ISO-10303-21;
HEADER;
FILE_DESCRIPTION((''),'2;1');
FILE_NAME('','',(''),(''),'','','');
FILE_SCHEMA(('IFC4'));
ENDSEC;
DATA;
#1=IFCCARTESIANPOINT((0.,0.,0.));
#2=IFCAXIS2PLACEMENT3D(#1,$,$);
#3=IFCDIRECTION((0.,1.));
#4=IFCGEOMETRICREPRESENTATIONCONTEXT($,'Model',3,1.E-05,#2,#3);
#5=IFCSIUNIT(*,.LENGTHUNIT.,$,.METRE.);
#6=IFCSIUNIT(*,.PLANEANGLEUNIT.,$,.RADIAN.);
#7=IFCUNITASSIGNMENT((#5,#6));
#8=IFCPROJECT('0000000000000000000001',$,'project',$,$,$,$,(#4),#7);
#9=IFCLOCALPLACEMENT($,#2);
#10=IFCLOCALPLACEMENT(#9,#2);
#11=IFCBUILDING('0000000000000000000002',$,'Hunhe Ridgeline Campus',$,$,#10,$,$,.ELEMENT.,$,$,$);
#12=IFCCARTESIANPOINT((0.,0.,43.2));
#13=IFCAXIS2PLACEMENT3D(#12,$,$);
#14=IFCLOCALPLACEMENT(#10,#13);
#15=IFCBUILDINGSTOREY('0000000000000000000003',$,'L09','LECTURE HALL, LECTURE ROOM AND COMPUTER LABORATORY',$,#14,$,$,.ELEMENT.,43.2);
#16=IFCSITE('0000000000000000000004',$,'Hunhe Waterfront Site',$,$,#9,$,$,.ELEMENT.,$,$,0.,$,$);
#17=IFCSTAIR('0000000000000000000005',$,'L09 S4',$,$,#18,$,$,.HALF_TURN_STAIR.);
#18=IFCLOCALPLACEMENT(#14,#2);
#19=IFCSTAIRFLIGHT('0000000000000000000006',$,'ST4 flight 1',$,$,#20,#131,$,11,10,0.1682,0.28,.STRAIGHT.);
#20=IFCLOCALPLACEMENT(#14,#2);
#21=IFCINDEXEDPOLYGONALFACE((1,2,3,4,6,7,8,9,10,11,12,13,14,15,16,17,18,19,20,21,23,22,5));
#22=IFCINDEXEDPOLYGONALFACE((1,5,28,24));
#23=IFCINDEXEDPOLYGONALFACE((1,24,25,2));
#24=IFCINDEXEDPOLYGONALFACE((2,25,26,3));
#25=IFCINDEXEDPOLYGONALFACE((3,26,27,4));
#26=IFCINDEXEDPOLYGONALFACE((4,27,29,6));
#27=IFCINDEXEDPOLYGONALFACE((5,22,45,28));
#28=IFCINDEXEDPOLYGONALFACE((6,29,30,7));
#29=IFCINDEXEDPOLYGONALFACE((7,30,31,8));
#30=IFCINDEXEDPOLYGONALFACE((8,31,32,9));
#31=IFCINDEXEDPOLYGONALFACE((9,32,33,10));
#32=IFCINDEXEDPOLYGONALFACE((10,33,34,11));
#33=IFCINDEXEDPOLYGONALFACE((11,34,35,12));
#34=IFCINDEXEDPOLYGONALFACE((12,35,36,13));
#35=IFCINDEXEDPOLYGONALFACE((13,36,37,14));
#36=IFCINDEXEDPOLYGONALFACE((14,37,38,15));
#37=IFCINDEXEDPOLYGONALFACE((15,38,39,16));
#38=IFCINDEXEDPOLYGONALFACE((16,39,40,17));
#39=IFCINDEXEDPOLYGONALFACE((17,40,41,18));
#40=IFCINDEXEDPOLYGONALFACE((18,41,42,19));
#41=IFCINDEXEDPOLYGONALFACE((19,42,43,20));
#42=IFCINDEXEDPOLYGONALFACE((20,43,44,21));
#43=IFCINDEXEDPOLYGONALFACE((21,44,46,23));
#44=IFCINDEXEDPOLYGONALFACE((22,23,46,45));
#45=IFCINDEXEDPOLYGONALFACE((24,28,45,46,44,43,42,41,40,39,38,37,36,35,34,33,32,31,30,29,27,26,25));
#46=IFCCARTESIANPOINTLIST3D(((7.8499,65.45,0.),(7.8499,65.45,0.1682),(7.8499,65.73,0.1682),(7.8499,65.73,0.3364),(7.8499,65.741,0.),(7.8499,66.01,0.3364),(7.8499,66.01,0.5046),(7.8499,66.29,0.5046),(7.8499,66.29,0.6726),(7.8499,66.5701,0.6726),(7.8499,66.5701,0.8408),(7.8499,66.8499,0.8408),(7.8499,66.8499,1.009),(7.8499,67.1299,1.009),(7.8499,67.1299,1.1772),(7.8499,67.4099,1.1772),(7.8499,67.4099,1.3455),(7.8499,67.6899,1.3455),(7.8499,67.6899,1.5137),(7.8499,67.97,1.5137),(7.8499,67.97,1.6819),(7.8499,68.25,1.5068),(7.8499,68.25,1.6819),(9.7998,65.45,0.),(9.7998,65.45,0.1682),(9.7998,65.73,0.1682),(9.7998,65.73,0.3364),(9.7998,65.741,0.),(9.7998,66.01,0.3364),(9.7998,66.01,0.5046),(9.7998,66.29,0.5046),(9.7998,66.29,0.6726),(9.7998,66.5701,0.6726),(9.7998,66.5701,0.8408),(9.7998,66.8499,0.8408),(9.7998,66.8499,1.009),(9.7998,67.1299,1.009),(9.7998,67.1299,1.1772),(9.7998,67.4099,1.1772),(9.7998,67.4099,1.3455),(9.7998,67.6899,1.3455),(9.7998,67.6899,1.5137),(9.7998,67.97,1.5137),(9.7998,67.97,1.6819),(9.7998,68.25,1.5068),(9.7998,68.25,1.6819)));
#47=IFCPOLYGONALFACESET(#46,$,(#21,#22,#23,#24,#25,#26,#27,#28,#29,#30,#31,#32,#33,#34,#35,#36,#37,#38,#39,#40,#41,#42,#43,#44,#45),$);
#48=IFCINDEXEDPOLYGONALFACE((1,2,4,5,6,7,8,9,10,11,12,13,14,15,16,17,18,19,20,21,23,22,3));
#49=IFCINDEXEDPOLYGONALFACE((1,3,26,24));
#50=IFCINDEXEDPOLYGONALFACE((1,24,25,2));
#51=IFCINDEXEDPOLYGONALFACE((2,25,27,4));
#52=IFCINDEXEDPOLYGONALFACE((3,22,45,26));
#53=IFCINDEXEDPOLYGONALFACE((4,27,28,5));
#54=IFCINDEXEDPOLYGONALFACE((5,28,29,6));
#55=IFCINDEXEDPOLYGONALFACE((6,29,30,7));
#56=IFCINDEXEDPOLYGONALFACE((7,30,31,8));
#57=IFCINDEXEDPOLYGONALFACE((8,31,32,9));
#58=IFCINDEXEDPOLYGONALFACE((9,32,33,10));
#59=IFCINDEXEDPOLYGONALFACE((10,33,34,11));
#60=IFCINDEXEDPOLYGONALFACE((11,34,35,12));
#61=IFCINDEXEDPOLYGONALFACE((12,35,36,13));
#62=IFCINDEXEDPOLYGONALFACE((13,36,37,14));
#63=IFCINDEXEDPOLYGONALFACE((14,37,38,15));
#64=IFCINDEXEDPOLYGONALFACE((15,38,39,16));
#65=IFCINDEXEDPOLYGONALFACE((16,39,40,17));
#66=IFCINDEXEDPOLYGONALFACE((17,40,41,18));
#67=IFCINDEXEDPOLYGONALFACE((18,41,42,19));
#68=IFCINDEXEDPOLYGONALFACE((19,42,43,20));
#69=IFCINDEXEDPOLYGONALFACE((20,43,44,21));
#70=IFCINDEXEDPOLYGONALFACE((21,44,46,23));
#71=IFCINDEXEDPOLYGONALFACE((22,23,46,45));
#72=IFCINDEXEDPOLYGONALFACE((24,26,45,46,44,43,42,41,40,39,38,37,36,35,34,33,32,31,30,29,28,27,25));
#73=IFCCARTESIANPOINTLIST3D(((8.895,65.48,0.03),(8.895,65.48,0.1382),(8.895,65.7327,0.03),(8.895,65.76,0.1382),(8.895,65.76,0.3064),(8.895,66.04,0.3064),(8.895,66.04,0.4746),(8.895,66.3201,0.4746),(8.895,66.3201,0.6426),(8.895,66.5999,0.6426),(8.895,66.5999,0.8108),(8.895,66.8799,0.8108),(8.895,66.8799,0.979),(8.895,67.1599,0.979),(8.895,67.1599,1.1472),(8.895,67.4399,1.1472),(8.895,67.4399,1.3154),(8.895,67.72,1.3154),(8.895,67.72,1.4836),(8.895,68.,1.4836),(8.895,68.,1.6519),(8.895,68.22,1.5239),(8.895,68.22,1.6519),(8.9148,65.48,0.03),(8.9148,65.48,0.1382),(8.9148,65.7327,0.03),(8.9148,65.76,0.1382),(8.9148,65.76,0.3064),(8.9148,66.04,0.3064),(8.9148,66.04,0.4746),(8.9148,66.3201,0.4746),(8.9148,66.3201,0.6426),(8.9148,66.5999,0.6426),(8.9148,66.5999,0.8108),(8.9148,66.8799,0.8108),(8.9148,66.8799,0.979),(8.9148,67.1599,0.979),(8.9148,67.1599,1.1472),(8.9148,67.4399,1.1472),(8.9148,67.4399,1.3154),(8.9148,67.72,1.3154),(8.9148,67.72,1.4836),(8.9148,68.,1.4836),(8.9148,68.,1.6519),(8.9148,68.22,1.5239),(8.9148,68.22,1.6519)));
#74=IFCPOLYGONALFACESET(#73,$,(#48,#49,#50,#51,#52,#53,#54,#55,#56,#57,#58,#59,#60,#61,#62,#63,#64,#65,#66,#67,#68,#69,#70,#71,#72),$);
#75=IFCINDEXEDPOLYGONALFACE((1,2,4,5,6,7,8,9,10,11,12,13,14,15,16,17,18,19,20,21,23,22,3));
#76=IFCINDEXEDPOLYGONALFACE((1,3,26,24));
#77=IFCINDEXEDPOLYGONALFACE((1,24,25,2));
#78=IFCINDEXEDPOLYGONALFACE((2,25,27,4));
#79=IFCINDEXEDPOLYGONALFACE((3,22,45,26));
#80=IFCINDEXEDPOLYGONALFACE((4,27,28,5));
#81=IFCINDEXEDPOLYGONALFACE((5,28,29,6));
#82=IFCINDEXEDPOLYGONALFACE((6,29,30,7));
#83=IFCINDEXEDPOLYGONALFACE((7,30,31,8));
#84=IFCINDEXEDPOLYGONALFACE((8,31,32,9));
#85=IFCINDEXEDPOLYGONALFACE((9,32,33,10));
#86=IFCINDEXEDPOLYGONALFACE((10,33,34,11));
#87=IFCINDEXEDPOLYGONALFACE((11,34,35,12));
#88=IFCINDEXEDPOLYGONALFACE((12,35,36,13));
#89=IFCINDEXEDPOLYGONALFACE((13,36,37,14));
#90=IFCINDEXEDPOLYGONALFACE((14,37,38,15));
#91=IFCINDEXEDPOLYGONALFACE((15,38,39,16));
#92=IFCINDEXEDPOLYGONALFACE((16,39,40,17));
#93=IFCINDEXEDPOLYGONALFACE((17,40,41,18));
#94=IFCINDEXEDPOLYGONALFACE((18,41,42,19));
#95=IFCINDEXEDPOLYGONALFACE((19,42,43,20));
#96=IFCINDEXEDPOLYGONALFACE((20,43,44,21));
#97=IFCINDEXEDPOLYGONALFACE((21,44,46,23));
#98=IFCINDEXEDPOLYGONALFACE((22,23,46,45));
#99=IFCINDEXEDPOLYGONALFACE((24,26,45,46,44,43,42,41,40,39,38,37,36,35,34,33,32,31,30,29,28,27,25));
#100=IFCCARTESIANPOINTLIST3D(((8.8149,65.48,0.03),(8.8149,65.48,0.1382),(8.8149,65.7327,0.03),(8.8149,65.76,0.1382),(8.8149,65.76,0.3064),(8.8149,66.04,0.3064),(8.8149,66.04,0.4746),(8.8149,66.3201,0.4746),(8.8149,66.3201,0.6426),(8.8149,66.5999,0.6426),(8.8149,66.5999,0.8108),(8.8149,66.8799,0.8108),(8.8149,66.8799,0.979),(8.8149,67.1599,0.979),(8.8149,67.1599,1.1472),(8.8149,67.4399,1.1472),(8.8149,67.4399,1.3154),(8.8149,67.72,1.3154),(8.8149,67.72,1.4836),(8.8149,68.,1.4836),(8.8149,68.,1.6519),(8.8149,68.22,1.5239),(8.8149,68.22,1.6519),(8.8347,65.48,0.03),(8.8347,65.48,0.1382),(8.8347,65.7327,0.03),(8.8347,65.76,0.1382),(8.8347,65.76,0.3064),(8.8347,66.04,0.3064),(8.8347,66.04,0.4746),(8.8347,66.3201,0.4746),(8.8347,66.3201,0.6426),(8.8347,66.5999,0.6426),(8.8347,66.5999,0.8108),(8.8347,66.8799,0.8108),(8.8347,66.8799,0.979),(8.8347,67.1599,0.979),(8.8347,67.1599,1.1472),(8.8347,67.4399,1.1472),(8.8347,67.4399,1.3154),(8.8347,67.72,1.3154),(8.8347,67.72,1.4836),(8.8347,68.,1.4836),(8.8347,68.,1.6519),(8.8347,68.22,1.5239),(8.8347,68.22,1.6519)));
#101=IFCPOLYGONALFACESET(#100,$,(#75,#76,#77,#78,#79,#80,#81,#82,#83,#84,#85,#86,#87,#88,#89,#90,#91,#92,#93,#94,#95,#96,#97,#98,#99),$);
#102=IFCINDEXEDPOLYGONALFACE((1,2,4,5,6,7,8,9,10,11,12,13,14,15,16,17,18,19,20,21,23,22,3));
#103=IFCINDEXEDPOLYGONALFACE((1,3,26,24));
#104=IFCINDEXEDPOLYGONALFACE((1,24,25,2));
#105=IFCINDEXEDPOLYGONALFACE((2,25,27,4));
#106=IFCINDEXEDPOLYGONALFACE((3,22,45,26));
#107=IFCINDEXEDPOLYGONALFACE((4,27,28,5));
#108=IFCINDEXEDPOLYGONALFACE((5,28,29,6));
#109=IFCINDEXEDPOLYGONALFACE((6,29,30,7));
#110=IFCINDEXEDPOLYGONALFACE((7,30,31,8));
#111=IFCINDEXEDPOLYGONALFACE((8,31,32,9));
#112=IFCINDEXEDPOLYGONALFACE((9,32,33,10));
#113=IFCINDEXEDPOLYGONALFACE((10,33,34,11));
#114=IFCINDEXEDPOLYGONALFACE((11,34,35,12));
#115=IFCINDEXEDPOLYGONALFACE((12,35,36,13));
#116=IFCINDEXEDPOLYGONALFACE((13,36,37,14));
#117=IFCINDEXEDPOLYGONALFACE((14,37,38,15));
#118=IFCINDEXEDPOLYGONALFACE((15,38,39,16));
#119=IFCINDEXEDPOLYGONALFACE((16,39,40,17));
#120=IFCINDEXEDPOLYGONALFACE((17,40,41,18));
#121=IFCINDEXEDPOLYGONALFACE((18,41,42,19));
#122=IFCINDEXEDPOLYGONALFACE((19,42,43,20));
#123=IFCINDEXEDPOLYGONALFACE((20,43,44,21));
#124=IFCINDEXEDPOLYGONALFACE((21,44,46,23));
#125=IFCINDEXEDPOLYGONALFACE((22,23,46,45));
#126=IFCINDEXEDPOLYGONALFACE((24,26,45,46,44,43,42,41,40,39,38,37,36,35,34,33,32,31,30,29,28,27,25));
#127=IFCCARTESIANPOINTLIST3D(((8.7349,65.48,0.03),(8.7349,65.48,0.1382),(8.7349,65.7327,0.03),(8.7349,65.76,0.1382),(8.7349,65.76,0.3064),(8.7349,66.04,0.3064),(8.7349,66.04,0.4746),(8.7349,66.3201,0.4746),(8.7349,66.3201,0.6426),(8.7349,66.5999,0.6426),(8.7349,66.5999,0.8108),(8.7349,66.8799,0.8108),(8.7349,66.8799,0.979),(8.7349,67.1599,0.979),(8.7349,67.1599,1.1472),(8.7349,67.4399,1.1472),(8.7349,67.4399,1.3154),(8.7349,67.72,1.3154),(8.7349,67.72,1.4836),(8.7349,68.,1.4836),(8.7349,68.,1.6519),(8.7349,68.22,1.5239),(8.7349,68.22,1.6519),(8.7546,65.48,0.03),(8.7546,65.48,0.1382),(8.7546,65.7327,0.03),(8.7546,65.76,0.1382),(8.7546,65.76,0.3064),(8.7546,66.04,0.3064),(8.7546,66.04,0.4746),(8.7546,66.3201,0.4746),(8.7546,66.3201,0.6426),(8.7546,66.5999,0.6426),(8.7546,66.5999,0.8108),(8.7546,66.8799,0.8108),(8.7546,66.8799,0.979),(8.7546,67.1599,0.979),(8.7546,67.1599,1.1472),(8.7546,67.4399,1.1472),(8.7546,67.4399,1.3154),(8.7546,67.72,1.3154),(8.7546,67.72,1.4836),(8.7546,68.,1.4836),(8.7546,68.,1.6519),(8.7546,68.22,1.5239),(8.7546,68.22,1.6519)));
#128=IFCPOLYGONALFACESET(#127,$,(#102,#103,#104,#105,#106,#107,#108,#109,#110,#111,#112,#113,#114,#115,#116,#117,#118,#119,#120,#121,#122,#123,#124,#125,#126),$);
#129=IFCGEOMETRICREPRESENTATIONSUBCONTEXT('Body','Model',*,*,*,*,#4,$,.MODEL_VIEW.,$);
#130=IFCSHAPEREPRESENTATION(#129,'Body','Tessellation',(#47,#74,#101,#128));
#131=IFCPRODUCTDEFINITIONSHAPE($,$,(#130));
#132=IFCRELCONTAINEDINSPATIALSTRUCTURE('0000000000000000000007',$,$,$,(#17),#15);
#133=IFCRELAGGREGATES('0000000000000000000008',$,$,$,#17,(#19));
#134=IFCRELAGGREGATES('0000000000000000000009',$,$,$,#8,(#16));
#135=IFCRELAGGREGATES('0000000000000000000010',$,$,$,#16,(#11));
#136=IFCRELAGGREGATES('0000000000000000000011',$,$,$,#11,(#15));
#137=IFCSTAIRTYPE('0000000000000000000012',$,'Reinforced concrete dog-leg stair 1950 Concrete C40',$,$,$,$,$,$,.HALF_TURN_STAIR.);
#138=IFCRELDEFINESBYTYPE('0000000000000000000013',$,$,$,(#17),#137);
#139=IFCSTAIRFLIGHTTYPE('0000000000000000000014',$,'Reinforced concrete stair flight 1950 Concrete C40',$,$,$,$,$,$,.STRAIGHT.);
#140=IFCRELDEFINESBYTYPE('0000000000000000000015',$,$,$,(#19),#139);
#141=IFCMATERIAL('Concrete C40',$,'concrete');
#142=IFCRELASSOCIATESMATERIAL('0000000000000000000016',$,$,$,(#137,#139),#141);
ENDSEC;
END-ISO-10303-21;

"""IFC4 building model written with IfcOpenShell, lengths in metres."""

from ifc_helpers import new_model, si_unit, direction, frame, origin, place, context, subcontext, project, spatial, polyline, outline, extrude, material, type_object, element, aggregate, save


model = new_model("IFC4")

# Units and contexts
model_context = context("Model", 3, precision=1e-05, world=origin(), true_north=direction((0.0, 1.0)))
body_context = subcontext(model_context, "Body", "Model", "MODEL_VIEW")
ifc_project = project(units=[si_unit("LENGTHUNIT", "METRE"), si_unit("PLANEANGLEUNIT", "RADIAN")], contexts=[model_context])

# Site, building, storey
site_placement = place(None, origin())
site = spatial("IfcSite", under=ifc_project, at=site_placement, Name="Hunhe Waterfront Site", CompositionType="ELEMENT", RefElevation=0.0)
building_placement = place(site_placement, origin())
building = spatial("IfcBuilding", under=site, at=building_placement, Name="Hunhe Ridgeline Campus", CompositionType="ELEMENT")
storey_placement = place(building_placement, frame((0.0, 0.0, 43.2)))
storey = spatial("IfcBuildingStorey", under=building, at=storey_placement, Name="L09", Description="LECTURE HALL, LECTURE ROOM AND COMPUTER LABORATORY", CompositionType="ELEMENT", Elevation=43.2)

# Shared definitions
ifc_material_1 = material(Name="Concrete C40", Category="concrete")
stair_type = type_object("IfcStairType", Name="Reinforced concrete dog-leg stair 1950 Concrete C40", PredefinedType="HALF_TURN_STAIR", material=ifc_material_1)
stair_flight_type = type_object("IfcStairFlightType", Name="Reinforced concrete stair flight 1950 Concrete C40", PredefinedType="STRAIGHT", material=ifc_material_1)

# Stair, stair flight
stair_1_placement = place(storey_placement, origin())
stair_1 = element("IfcStair", 1, at=stair_1_placement, inside=storey, type_object=stair_type, Name="L09 S4", PredefinedType="HALF_TURN_STAIR")
stair_flight_1_placement = place(storey_placement, frame((8.825, 65.45, 0.0), z_axis=(0.0, 0.0, 1.0), x_axis=(0.0, 1.0, 0.0)))
stair_flight_1 = element("IfcStairFlight", 2, at=stair_flight_1_placement, type_object=stair_flight_type, Name="ST4 flight 1", NumberOfRisers=11, NumberOfTreads=10, PredefinedType="STRAIGHT", RiserHeight=0.1682, TreadLength=0.28, context=body_context, shape_type="SweptSolid", body=[
    extrude(outline(polyline([(0.0, 0.0), (0.0, 0.1682), (0.28, 0.1682), (0.28, 0.3364), (0.5601, 0.3364), (0.5601, 0.5046), (0.8401, 0.5046), (0.8401, 0.6726), (1.1201, 0.6726), (1.1201, 0.8408), (1.3999, 0.8408), (1.3999, 1.009), (1.6799, 1.009), (1.6799, 1.1772), (1.96, 1.1772), (1.96, 1.3455), (2.24, 1.3455), (2.24, 1.5137), (2.52, 1.5137), (2.52, 1.6819), (2.8, 1.6819), (2.8, 1.8501), (2.8, 1.5068), (0.291, 0.0), (0.0, 0.0)])), frame((0.0, 0.9751, 0.0), z_axis=(0.0, -1.0, 0.0), x_axis=(1.0, 0.0, 0.0)), (0.0, 0.0, 1.0), 1.95),
    extrude(outline(polyline([(0.03, 0.03), (0.03, 0.1382), (0.3101, 0.1382), (0.3101, 0.3064), (0.5901, 0.3064), (0.5901, 0.4746), (0.8701, 0.4746), (0.8701, 0.6426), (1.1499, 0.6426), (1.1499, 0.8108), (1.4299, 0.8108), (1.4299, 0.979), (1.71, 0.979), (1.71, 1.1472), (1.99, 1.1472), (1.99, 1.3154), (2.27, 1.3154), (2.27, 1.4836), (2.55, 1.4836), (2.55, 1.6519), (2.77, 1.6519), (2.77, 1.5239), (0.2827, 0.03), (0.03, 0.03)])), frame((0.0, -0.0701, 0.0), z_axis=(0.0, -1.0, 0.0), x_axis=(1.0, 0.0, 0.0)), (0.0, 0.0, 1.0), 0.0198),
    extrude(outline(polyline([(0.03, 0.03), (0.03, 0.1382), (0.3101, 0.1382), (0.3101, 0.3064), (0.5901, 0.3064), (0.5901, 0.4746), (0.8701, 0.4746), (0.8701, 0.6426), (1.1499, 0.6426), (1.1499, 0.8108), (1.4299, 0.8108), (1.4299, 0.979), (1.71, 0.979), (1.71, 1.1472), (1.99, 1.1472), (1.99, 1.3154), (2.27, 1.3154), (2.27, 1.4836), (2.55, 1.4836), (2.55, 1.6519), (2.77, 1.6519), (2.77, 1.5239), (0.2827, 0.03), (0.03, 0.03)])), frame((0.0, 0.01, 0.0), z_axis=(0.0, -1.0, 0.0), x_axis=(1.0, 0.0, 0.0)), (0.0, 0.0, 1.0), 0.0198),
    extrude(outline(polyline([(0.03, 0.03), (0.03, 0.1382), (0.3101, 0.1382), (0.3101, 0.3064), (0.5901, 0.3064), (0.5901, 0.4746), (0.8701, 0.4746), (0.8701, 0.6426), (1.1499, 0.6426), (1.1499, 0.8108), (1.4299, 0.8108), (1.4299, 0.979), (1.71, 0.979), (1.71, 1.1472), (1.99, 1.1472), (1.99, 1.3154), (2.27, 1.3154), (2.27, 1.4836), (2.55, 1.4836), (2.55, 1.6519), (2.77, 1.6519), (2.77, 1.5239), (0.2827, 0.03), (0.03, 0.03)])), frame((0.0, 0.0901, 0.0), z_axis=(0.0, -1.0, 0.0), x_axis=(1.0, 0.0, 0.0)), (0.0, 0.0, 1.0), 0.0198),
])
aggregate(stair_1, [stair_flight_1])

save(model, "model.ifc")
